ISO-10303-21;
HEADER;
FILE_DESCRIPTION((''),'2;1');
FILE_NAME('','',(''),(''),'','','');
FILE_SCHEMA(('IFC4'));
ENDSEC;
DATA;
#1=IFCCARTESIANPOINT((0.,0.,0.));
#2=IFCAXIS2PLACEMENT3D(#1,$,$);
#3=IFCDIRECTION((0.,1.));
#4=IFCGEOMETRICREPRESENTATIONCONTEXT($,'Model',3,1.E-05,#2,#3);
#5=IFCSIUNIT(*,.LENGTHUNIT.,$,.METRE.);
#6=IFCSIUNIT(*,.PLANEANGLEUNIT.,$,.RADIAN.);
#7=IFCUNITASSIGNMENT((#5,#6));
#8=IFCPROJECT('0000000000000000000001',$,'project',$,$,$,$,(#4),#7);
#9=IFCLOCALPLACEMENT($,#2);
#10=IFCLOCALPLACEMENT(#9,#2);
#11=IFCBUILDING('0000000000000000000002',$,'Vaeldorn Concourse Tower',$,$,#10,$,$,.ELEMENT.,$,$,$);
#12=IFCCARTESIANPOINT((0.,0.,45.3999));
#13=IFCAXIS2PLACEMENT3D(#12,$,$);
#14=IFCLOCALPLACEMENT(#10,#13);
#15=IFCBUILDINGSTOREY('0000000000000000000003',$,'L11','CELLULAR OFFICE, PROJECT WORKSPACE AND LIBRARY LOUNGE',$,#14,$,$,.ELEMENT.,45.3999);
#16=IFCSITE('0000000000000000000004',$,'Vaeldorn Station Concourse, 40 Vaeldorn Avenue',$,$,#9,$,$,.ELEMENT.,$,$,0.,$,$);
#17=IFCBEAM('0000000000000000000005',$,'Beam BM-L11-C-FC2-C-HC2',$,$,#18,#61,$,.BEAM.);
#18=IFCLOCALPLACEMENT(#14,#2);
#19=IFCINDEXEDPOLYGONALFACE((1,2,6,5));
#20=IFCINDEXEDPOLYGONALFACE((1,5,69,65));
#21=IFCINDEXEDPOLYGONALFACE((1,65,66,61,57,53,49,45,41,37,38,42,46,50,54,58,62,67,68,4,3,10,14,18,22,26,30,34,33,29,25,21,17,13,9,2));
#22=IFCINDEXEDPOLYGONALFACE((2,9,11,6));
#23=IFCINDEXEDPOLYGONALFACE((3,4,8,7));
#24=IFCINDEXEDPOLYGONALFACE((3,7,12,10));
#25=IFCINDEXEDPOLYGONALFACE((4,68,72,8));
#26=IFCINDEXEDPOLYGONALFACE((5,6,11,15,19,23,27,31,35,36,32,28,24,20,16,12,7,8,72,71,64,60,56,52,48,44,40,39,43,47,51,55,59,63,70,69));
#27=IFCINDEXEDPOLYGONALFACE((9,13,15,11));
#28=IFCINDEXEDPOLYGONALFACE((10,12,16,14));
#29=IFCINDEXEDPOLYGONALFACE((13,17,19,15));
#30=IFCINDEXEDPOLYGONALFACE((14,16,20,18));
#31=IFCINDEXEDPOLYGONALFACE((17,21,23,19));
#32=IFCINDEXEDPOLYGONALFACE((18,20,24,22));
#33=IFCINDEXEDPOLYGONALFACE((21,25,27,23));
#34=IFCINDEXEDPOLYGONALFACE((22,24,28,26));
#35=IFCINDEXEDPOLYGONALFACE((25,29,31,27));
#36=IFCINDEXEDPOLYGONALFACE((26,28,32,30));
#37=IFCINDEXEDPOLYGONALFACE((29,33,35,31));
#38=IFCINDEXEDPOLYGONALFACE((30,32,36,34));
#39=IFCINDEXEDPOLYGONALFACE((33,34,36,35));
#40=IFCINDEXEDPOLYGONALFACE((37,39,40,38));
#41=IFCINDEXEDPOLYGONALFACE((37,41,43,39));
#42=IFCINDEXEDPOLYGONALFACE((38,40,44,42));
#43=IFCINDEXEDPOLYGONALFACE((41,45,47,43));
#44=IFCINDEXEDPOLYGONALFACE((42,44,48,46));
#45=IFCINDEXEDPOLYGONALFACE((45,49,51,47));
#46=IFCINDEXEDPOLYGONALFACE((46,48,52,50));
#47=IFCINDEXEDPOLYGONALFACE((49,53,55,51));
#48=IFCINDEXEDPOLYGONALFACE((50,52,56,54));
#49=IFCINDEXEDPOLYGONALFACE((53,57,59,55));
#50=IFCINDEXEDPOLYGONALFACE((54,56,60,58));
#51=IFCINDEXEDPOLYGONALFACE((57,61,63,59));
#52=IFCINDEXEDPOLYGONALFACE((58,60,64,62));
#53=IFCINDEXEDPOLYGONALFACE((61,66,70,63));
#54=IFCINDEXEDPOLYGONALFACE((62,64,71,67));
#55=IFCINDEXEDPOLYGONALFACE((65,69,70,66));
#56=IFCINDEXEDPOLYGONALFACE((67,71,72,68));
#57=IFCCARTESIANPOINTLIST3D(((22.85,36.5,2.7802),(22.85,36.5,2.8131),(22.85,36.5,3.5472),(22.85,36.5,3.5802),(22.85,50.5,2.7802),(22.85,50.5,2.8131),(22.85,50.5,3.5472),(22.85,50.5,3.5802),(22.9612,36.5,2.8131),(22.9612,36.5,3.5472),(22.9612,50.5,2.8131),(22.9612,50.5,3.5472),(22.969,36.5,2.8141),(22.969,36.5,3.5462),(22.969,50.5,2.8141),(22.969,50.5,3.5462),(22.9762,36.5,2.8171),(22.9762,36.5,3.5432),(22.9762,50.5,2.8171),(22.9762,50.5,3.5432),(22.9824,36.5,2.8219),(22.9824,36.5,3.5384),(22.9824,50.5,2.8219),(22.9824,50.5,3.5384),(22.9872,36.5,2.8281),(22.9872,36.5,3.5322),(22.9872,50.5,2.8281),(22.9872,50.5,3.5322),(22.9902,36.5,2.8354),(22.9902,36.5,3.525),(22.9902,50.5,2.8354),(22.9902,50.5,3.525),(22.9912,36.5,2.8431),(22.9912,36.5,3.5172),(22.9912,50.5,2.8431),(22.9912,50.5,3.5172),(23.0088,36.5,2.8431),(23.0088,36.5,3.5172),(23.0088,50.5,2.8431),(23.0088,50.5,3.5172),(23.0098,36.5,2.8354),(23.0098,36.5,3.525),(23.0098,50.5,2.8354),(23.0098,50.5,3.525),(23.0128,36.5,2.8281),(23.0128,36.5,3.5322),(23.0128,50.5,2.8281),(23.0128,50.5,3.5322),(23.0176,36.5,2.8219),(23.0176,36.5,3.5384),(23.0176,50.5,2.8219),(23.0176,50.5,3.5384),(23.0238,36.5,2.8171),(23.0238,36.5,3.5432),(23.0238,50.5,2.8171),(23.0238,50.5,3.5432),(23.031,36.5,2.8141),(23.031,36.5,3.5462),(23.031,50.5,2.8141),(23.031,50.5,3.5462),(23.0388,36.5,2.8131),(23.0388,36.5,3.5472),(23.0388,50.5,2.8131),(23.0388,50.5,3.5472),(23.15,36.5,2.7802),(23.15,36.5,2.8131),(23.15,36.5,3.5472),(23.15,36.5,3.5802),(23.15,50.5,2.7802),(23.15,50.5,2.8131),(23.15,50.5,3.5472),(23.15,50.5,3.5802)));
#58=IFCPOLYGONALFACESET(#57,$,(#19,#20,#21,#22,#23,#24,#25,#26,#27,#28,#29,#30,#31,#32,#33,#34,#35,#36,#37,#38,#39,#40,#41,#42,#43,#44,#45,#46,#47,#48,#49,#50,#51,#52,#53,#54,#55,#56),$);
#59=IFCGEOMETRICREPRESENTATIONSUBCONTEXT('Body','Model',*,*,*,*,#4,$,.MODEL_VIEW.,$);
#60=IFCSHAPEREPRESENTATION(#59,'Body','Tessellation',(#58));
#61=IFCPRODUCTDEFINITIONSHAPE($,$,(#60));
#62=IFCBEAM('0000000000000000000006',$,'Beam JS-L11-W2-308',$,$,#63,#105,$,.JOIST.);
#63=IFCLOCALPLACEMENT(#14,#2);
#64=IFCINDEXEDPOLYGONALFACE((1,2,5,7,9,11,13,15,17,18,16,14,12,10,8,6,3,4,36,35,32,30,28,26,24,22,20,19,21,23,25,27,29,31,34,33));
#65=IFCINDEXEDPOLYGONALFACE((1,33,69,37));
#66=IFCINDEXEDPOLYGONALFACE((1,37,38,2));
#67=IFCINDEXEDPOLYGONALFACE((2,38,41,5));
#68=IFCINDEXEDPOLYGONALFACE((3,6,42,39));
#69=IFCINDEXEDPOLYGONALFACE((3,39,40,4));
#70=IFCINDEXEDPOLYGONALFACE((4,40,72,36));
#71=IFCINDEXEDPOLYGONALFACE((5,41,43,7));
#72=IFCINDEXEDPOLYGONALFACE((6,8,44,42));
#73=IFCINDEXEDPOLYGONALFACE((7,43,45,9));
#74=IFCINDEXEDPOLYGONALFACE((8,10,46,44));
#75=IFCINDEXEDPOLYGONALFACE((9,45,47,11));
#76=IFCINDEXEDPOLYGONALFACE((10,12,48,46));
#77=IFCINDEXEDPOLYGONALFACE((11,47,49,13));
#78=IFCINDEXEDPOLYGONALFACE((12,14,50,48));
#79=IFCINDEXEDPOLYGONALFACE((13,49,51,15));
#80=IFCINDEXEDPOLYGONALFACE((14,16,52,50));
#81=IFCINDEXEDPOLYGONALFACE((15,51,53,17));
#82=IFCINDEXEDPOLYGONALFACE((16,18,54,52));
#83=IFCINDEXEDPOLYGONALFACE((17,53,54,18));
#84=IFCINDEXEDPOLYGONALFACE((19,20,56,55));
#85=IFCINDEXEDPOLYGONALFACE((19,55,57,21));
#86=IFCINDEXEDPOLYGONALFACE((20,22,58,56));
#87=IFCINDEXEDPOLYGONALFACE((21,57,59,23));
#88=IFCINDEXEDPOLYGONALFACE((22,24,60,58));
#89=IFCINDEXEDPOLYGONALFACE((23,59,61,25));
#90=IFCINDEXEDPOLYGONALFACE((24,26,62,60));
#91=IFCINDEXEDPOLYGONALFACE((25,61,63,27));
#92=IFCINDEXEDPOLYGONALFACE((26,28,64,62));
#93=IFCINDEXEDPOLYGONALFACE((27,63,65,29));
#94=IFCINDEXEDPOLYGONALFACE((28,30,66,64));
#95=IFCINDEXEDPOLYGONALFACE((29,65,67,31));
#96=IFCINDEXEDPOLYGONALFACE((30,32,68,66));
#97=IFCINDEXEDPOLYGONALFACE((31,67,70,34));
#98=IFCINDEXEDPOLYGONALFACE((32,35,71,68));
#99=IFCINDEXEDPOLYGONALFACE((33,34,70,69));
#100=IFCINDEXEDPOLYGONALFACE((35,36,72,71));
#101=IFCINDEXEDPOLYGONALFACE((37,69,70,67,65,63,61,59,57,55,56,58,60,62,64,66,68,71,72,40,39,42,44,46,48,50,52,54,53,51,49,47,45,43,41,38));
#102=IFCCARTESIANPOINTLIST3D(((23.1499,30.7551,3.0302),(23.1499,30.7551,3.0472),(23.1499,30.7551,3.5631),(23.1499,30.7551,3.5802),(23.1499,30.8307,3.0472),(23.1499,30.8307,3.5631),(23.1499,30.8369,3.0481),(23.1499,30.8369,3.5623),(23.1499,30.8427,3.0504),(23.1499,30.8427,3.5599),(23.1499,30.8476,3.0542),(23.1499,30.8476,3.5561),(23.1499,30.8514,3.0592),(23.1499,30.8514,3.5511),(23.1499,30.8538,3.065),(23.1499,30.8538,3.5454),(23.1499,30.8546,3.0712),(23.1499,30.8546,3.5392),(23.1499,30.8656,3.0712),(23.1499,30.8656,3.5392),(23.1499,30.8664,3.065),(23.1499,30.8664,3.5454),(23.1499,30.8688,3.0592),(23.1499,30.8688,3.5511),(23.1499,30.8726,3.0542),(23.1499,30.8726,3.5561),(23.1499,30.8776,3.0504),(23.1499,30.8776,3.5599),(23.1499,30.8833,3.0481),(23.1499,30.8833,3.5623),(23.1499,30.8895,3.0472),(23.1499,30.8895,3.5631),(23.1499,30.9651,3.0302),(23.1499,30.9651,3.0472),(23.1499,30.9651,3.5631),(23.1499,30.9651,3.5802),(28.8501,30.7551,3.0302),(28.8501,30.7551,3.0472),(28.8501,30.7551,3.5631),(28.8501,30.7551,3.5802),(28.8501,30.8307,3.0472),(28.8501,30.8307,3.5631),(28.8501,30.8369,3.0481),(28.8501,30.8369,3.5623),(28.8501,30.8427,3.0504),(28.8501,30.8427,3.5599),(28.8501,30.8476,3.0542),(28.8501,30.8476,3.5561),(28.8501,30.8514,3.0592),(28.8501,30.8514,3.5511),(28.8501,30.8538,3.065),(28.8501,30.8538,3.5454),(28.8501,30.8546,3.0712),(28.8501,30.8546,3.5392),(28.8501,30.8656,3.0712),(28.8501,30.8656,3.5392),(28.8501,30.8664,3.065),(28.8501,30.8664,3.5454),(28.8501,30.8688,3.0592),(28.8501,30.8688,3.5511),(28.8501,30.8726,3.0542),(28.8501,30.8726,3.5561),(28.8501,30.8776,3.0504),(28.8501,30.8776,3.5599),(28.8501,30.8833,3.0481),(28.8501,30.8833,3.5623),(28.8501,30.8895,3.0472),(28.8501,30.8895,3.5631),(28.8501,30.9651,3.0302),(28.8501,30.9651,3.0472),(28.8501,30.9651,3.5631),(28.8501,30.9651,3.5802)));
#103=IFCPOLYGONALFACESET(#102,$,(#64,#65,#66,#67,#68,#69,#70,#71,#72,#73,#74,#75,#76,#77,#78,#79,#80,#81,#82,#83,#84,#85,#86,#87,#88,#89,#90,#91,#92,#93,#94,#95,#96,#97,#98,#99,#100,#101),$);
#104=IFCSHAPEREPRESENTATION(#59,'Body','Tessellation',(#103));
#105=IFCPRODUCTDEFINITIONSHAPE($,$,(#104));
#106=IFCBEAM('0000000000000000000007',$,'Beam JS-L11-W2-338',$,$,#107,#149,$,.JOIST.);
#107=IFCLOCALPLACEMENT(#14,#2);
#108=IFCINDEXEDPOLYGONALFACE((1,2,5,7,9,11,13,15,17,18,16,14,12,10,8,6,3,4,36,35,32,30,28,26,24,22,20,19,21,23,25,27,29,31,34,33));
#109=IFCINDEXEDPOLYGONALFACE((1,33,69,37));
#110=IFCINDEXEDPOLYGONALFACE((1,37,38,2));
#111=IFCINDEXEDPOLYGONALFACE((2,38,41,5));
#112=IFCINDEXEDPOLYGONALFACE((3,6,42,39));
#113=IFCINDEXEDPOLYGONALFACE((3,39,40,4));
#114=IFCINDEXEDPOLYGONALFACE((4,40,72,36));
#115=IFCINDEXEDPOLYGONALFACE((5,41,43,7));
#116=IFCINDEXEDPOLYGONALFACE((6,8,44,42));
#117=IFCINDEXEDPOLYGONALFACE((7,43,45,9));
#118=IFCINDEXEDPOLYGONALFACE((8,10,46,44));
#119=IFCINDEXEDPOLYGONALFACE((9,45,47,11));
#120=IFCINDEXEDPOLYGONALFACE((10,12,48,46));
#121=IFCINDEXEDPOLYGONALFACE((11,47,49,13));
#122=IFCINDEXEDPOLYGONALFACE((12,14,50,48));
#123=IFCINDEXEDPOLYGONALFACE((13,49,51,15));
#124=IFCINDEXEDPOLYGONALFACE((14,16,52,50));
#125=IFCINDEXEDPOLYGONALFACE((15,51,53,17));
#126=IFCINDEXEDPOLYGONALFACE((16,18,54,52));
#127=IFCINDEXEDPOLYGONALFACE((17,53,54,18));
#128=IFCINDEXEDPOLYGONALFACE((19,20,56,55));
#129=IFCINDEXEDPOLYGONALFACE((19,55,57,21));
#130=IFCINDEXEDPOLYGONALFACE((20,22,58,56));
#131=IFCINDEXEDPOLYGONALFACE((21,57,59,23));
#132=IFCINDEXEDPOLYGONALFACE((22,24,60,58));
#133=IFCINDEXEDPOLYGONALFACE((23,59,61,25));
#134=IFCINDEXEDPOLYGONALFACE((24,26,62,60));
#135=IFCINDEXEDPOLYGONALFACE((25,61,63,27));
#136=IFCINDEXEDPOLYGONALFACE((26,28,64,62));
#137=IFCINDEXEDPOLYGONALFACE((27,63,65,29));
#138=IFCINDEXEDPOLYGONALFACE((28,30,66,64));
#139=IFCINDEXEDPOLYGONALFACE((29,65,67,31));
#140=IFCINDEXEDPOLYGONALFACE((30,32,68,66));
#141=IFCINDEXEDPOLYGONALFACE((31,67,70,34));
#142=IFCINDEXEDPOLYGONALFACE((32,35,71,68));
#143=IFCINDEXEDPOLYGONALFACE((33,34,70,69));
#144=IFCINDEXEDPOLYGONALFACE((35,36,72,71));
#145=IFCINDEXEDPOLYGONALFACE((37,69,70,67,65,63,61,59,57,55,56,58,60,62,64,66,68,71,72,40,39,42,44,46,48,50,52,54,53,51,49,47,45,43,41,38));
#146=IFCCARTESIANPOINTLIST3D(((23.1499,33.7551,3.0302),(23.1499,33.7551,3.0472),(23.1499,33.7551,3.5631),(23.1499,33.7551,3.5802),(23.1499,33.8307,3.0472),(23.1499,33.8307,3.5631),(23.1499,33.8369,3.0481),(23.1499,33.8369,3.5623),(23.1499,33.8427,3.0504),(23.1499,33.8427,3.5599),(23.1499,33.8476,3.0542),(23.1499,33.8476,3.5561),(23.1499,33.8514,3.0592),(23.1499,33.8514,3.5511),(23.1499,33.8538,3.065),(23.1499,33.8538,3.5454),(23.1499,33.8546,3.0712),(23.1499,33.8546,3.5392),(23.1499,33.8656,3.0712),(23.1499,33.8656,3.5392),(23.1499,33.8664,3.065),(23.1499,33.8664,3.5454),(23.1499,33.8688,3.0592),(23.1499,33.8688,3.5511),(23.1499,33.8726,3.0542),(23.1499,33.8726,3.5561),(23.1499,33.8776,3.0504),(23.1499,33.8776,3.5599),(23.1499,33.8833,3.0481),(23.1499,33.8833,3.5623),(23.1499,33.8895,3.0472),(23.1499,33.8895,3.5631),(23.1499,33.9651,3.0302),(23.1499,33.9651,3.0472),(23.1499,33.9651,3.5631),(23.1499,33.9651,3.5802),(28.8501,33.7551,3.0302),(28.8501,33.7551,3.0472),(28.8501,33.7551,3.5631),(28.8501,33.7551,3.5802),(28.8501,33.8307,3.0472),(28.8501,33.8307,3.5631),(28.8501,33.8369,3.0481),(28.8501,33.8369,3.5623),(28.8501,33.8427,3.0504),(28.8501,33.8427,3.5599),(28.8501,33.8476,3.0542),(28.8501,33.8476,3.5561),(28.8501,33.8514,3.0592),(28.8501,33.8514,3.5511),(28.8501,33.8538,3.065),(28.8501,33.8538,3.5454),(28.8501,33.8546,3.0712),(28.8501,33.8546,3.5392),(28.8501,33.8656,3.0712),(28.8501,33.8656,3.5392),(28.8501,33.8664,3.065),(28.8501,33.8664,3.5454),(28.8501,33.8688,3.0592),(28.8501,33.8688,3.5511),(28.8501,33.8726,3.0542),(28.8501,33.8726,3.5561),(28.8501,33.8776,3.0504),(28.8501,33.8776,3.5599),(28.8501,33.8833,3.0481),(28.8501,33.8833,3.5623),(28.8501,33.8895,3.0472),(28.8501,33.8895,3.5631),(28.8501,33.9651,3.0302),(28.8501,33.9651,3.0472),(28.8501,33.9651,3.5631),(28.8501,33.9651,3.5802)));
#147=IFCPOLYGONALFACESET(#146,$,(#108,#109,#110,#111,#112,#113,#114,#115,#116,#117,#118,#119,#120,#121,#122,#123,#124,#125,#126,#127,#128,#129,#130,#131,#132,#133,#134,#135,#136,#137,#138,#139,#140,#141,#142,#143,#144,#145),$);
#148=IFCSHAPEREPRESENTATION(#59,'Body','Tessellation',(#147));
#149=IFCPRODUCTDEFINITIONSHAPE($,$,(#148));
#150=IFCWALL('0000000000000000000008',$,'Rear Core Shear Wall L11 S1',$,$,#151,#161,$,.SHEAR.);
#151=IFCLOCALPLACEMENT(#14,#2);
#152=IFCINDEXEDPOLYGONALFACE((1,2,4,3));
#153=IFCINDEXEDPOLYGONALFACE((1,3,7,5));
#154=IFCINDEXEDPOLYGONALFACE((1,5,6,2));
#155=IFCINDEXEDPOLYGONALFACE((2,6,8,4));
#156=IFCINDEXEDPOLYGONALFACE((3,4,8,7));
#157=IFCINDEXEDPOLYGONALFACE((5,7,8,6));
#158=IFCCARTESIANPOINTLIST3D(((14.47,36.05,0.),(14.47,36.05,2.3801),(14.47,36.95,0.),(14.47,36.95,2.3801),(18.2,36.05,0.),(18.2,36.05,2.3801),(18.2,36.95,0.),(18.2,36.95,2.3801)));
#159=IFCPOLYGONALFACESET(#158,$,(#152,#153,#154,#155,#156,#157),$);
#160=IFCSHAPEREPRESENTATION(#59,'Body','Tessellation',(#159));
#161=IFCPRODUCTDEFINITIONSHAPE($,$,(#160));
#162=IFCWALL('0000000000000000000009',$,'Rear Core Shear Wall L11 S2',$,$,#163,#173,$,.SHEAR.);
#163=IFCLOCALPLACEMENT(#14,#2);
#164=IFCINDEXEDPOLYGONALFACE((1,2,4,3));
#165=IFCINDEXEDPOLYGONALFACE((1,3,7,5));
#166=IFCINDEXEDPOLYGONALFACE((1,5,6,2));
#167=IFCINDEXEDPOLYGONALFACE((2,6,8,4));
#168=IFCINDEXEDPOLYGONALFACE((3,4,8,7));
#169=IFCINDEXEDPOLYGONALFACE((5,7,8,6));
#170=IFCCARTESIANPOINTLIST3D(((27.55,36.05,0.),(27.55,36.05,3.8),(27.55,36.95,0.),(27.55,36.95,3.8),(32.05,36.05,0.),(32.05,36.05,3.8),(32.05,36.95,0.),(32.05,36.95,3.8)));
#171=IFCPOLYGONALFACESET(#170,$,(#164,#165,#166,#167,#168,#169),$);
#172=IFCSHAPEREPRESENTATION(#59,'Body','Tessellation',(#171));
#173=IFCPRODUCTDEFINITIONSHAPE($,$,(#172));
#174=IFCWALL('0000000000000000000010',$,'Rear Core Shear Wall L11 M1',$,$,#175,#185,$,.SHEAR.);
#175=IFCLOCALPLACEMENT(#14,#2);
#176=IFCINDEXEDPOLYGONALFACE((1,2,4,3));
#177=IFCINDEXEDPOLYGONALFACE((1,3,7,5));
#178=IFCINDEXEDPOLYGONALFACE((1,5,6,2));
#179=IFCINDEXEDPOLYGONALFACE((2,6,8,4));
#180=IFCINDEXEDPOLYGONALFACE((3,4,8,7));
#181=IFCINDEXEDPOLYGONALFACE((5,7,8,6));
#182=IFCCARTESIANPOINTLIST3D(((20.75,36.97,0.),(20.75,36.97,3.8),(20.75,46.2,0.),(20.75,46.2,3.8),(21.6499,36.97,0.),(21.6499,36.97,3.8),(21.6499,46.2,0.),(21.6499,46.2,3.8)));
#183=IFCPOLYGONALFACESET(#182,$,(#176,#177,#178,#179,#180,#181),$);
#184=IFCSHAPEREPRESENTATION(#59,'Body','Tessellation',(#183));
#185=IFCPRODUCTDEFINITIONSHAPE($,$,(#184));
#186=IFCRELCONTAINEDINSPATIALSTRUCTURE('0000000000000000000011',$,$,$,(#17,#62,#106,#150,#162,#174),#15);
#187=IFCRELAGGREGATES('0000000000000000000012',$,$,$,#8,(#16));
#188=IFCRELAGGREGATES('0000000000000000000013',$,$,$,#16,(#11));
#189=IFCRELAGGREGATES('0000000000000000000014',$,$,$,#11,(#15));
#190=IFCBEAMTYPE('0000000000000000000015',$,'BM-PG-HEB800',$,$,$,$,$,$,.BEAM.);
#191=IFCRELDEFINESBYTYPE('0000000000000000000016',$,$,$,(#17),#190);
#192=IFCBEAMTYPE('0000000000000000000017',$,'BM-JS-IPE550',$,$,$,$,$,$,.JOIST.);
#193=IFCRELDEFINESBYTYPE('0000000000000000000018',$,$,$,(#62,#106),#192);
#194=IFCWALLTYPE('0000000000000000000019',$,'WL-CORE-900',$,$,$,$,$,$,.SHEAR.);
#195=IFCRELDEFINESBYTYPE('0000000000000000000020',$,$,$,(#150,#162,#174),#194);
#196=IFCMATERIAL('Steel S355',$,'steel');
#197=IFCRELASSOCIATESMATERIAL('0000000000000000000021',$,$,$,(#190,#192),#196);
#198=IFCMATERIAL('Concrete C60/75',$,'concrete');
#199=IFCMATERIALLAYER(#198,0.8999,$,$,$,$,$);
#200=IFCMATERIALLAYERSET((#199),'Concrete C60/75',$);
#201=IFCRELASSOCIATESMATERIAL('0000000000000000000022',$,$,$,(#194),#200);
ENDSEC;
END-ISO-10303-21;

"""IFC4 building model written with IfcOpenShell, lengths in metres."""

from ifc_helpers import new_model, si_unit, direction, frame, frame_2d, origin, origin_2d, place, context, subcontext, project, spatial, rectangle, i_section, extrude, source, transform, mapped, material, layer, layer_set, material_profile, profile_set, type_object, element, save


model = new_model("IFC4")

# Units and contexts
model_context = context("Model", 3, precision=1e-05, world=origin(), true_north=direction((0.0, 1.0)))
body_context = subcontext(model_context, "Body", "Model", "MODEL_VIEW")
ifc_project = project(units=[si_unit("LENGTHUNIT", "METRE"), si_unit("PLANEANGLEUNIT", "RADIAN")], contexts=[model_context])

# Site, building, storey
site_placement = place(None, origin())
site = spatial("IfcSite", under=ifc_project, at=site_placement, Name="Vaeldorn Station Concourse, 40 Vaeldorn Avenue", CompositionType="ELEMENT", RefElevation=0.0)
building_placement = place(site_placement, origin())
building = spatial("IfcBuilding", under=site, at=building_placement, Name="Vaeldorn Concourse Tower", CompositionType="ELEMENT")
storey_placement = place(building_placement, frame((0.0, 0.0, 45.3999)))
storey = spatial("IfcBuildingStorey", under=building, at=storey_placement, Name="L11", Description="CELLULAR OFFICE, PROJECT WORKSPACE AND LIBRARY LOUNGE", CompositionType="ELEMENT", Elevation=45.3999)

# Beams
ifc_material_1 = material(Name="Steel S355", Category="steel")
ifc_material_profile_1 = material_profile(ifc_material_1, i_section(OverallWidth=0.3, OverallDepth=0.8, WebThickness=0.0176, FlangeThickness=0.033, FilletRadius=0.03, at=origin_2d()), Name="HEB 800")
ifc_profile_set_1 = profile_set([ifc_material_profile_1], Name="Steel S355")
beam_type_1 = type_object("IfcBeamType", Name="BM-PG-HEB800", PredefinedType="BEAM", material=ifc_profile_set_1)
shared_shape_1 = source(origin(), body_context, "Body", "SweptSolid", [
    extrude(i_section(OverallWidth=0.3, OverallDepth=0.8, WebThickness=0.0176, FlangeThickness=0.033, FilletRadius=0.03, at=origin_2d()), origin(), (0.0, 0.0, 1.0), 14.0),
])
beam_1_placement = place(storey_placement, frame((23.0, 36.5, 3.1802), z_axis=(0.0, 1.0, 0.0), x_axis=(-1.0, 0.0, 0.0)))
element("IfcBeam", 1, at=beam_1_placement, inside=storey, type_object=beam_type_1, Name="Beam BM-L11-C-FC2-C-HC2", PredefinedType="BEAM", context=body_context, shape_type="MappedRepresentation", body=[
    mapped(shared_shape_1, transform((0.0, 0.0, 0.0), scale=1.0)),
])
ifc_material_profile_2 = material_profile(ifc_material_1, i_section(OverallWidth=0.21, OverallDepth=0.55, WebThickness=0.011, FlangeThickness=0.0171, FilletRadius=0.0239, at=origin_2d()), Name="IPE 550")
ifc_profile_set_2 = profile_set([ifc_material_profile_2], Name="Steel S355")
beam_type_2 = type_object("IfcBeamType", Name="BM-JS-IPE550", PredefinedType="JOIST", material=ifc_profile_set_2)
shared_shape_2 = source(origin(), body_context, "Body", "SweptSolid", [
    extrude(i_section(OverallWidth=0.21, OverallDepth=0.55, WebThickness=0.011, FlangeThickness=0.0171, FilletRadius=0.0239, at=origin_2d()), origin(), (0.0, 0.0, 1.0), 5.7002),
])
for number, where, z_axis, x_axis, name in (
    (2, (23.1499, 30.8601, 3.3052), (1.0, 0.0, 0.0), (0.0, 1.0, 0.0), "Beam JS-L11-W2-308"),
    (3, (23.1499, 33.8601, 3.3052), (1.0, 0.0, 0.0), (0.0, 1.0, 0.0), "Beam JS-L11-W2-338"),
):
    element("IfcBeam", number, at=place(storey_placement, frame(where, z_axis=z_axis, x_axis=x_axis)), inside=storey, type_object=beam_type_2, Name=name, PredefinedType="JOIST", context=body_context, shape_type="MappedRepresentation", body=[
        mapped(shared_shape_2, transform((0.0, 0.0, 0.0), scale=1.0)),
    ])

# Walls
ifc_material_2 = material(Name="Concrete C60/75", Category="concrete")
ifc_layer_1 = layer(ifc_material_2, 0.8999)
ifc_layer_set_1 = layer_set([ifc_layer_1], Name="Concrete C60/75")
wall_type_1 = type_object("IfcWallType", Name="WL-CORE-900", PredefinedType="SHEAR", material=ifc_layer_set_1)
wall_1_placement = place(storey_placement, frame((14.47, 36.5, 0.0), z_axis=(0.0, 0.0, 1.0), x_axis=(1.0, 0.0, 0.0)))
element("IfcWall", 4, at=wall_1_placement, inside=storey, type_object=wall_type_1, Name="Rear Core Shear Wall L11 S1", PredefinedType="SHEAR", context=body_context, shape_type="SweptSolid", body=[
    extrude(rectangle(XDim=3.73, YDim=0.8999, at=frame_2d((1.865, 0.0))), origin(), (0.0, 0.0, 1.0), 2.3801),
])
wall_2_placement = place(storey_placement, frame((27.55, 36.5, 0.0), z_axis=(0.0, 0.0, 1.0), x_axis=(1.0, 0.0, 0.0)))
element("IfcWall", 5, at=wall_2_placement, inside=storey, type_object=wall_type_1, Name="Rear Core Shear Wall L11 S2", PredefinedType="SHEAR", context=body_context, shape_type="SweptSolid", body=[
    extrude(rectangle(XDim=4.5, YDim=0.8999, at=frame_2d((2.25, 0.0))), origin(), (0.0, 0.0, 1.0), 3.8),
])
wall_3_placement = place(storey_placement, frame((21.2, 36.97, 0.0), z_axis=(0.0, 0.0, 1.0), x_axis=(0.0, 1.0, 0.0)))
element("IfcWall", 6, at=wall_3_placement, inside=storey, type_object=wall_type_1, Name="Rear Core Shear Wall L11 M1", PredefinedType="SHEAR", context=body_context, shape_type="SweptSolid", body=[
    extrude(rectangle(XDim=9.23, YDim=0.8999, at=frame_2d((4.615, 0.0))), origin(), (0.0, 0.0, 1.0), 3.8),
])

save(model, "model.ifc")
